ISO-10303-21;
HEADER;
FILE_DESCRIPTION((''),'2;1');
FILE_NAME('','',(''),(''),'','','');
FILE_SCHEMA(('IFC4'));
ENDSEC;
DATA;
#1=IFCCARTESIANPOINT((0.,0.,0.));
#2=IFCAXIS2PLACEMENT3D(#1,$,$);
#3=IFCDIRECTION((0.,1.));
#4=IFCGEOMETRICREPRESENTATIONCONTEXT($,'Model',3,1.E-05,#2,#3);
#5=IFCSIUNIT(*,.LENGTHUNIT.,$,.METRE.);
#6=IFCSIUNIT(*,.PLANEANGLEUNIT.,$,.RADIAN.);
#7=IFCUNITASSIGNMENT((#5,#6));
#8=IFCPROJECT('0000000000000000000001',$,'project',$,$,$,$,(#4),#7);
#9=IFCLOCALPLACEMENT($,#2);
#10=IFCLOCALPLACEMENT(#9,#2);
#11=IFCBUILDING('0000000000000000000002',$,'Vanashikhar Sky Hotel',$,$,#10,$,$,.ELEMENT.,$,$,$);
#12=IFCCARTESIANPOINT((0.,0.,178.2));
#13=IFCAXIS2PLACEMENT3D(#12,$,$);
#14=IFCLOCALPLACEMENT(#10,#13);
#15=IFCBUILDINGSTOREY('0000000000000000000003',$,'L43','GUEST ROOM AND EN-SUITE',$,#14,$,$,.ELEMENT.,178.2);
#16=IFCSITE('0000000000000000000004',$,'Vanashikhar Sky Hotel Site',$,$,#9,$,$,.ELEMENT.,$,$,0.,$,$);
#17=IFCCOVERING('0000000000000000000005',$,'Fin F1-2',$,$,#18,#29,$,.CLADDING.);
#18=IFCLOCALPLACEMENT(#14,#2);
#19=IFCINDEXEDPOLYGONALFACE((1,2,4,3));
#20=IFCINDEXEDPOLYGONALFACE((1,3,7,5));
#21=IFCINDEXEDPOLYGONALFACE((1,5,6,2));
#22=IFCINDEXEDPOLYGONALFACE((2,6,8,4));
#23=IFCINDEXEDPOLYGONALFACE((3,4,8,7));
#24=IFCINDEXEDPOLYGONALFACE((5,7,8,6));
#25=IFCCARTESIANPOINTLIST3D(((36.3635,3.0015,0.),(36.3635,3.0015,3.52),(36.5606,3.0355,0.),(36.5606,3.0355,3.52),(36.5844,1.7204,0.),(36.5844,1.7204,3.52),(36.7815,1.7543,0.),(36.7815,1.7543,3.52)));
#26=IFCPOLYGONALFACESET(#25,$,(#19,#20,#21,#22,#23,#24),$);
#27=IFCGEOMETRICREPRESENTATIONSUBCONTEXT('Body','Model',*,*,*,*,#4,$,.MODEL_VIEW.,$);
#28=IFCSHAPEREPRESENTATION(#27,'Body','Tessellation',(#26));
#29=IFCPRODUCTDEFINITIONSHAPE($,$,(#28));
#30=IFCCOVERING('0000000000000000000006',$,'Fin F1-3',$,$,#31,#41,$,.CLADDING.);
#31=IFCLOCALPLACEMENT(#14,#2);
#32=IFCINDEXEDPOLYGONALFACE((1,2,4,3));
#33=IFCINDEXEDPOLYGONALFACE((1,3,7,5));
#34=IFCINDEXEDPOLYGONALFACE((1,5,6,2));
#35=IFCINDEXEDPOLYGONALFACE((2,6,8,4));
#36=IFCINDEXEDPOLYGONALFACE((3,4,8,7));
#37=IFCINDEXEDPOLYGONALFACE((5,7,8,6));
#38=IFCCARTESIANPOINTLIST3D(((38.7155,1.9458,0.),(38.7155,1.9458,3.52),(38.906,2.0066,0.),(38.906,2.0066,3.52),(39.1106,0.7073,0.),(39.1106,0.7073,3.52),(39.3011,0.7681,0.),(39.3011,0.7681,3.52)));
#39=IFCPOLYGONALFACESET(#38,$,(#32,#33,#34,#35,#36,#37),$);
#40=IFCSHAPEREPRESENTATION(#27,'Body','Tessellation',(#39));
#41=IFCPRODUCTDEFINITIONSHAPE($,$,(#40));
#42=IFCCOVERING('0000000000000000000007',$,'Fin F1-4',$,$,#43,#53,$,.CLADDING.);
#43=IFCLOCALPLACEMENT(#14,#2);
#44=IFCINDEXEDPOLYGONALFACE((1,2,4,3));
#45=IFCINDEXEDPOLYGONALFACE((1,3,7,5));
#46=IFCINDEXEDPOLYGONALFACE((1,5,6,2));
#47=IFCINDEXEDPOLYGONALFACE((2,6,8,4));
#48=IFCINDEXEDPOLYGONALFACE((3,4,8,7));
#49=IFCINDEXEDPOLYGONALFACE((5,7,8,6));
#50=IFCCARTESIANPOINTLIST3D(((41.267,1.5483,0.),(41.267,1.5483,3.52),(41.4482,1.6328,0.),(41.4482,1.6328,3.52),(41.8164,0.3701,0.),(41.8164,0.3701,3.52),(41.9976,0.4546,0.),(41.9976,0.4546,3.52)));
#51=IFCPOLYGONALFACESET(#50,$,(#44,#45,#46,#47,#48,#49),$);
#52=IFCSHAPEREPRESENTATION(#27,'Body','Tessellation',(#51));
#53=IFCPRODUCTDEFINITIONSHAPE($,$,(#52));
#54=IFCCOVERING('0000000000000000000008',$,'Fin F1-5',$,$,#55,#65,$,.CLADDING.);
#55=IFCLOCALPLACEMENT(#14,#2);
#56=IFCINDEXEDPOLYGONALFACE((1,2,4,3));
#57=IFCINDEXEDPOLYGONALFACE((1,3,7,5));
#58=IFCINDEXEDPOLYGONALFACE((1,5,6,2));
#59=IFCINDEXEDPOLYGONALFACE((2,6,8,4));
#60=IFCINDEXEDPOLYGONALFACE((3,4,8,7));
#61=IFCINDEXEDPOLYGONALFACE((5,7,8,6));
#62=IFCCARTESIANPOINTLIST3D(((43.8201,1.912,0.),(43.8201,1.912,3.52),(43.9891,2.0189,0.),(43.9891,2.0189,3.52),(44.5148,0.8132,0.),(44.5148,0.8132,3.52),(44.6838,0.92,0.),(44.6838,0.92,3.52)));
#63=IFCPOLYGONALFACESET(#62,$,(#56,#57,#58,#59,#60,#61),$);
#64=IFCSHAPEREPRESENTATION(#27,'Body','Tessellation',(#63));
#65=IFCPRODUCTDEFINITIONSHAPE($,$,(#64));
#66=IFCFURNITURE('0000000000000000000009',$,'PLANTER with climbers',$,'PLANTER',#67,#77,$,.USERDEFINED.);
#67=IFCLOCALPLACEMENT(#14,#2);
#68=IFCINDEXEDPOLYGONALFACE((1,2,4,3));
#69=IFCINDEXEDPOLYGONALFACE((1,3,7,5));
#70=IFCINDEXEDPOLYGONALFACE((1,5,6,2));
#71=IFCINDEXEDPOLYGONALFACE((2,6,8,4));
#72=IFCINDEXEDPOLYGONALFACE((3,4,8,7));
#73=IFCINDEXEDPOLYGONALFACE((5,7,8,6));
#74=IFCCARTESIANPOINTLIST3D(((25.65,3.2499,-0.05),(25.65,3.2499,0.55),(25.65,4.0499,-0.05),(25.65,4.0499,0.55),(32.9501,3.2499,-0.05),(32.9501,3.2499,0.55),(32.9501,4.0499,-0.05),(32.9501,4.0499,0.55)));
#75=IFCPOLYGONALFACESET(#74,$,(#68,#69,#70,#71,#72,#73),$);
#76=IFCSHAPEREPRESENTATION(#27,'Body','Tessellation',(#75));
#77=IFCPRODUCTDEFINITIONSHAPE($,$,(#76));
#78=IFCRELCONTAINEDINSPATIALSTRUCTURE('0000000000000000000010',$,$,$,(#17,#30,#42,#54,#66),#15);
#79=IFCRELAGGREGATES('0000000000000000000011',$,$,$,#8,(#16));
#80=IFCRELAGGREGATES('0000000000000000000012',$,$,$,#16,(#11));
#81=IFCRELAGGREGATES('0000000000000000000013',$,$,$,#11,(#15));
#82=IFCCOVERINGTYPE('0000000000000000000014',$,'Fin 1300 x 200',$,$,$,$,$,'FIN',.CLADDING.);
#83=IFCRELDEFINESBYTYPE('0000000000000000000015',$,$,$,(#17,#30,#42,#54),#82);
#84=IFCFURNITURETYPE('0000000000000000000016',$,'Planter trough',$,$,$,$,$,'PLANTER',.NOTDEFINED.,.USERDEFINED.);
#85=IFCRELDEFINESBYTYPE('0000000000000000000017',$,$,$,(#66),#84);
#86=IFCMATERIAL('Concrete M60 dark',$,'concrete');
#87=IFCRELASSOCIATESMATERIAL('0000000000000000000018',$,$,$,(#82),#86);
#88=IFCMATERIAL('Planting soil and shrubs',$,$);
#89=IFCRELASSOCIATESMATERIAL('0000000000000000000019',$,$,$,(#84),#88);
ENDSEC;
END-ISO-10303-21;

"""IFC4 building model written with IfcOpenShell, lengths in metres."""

from ifc_helpers import new_model, si_unit, direction, frame, origin, origin_2d, place, context, subcontext, project, spatial, rectangle, extrude, source, transform, mapped, material, material_profile, profile_set, type_object, element, save


model = new_model("IFC4")

# Units and contexts
model_context = context("Model", 3, precision=1e-05, world=origin(), true_north=direction((0.0, 1.0)))
body_context = subcontext(model_context, "Body", "Model", "MODEL_VIEW")
ifc_project = project(units=[si_unit("LENGTHUNIT", "METRE"), si_unit("PLANEANGLEUNIT", "RADIAN")], contexts=[model_context])

# Site, building, storey
site_placement = place(None, origin())
site = spatial("IfcSite", under=ifc_project, at=site_placement, Name="Vanashikhar Sky Hotel Site", CompositionType="ELEMENT", RefElevation=0.0)
building_placement = place(site_placement, origin())
building = spatial("IfcBuilding", under=site, at=building_placement, Name="Vanashikhar Sky Hotel", CompositionType="ELEMENT")
storey_placement = place(building_placement, frame((0.0, 0.0, 178.2)))
storey = spatial("IfcBuildingStorey", under=building, at=storey_placement, Name="L43", Description="GUEST ROOM AND EN-SUITE", CompositionType="ELEMENT", Elevation=178.2)

# Coverings
ifc_material_1 = material(Name="Concrete M60 dark", Category="concrete")
ifc_material_profile = material_profile(ifc_material_1, rectangle(XDim=1.3, YDim=0.2, at=origin_2d()))
ifc_profile_set = profile_set([ifc_material_profile], Name="Fin 1300 x 200")
covering_type_1 = type_object("IfcCoveringType", Name="Fin 1300 x 200", ElementType="FIN", PredefinedType="CLADDING", material=ifc_profile_set)
shared_shape_1 = source(origin(), body_context, "Body", "SweptSolid", [
    extrude(rectangle(XDim=1.3, YDim=0.2, at=origin_2d()), origin(), (0.0, 0.0, 1.0), 3.52),
])
for number, where, z_axis, x_axis, name in (
    (1, (36.5725, 2.3779, 0.0), (0.0, 0.0, 1.0), (0.1699, -0.985461, 0.0), "Fin F1-2"),
    (2, (39.0083, 1.3569, 0.0), (0.0, 0.0, 1.0), (0.303967, -0.952683, 0.0), "Fin F1-3"),
    (3, (41.6323, 1.0015, 0.0), (0.0, 0.0, 1.0), (0.422618, -0.906308, 0.0), "Fin F1-4"),
    (4, (44.252, 1.416, 0.0), (0.0, 0.0, 1.0), (0.534411, -0.845225, 0.0), "Fin F1-5"),
):
    element("IfcCovering", number, at=place(storey_placement, frame(where, z_axis=z_axis, x_axis=x_axis)), inside=storey, type_object=covering_type_1, Name=name, PredefinedType="CLADDING", context=body_context, shape_type="MappedRepresentation", body=[
        mapped(shared_shape_1, transform((0.0, 0.0, 0.0), scale=1.0)),
    ])

# Furniture
ifc_material_2 = material(Name="Planting soil and shrubs")
furniture_type = type_object("IfcFurnitureType", Name="Planter trough", ElementType="PLANTER", AssemblyPlace="NOTDEFINED", PredefinedType="USERDEFINED", material=ifc_material_2)
shared_shape_2 = source(origin(), body_context, "Body", "SweptSolid", [
    extrude(rectangle(XDim=7.3, YDim=0.8, at=origin_2d()), origin(), (0.0, 0.0, 1.0), 0.6001),
])
furniture_placement = place(storey_placement, frame((29.3, 3.6499, -0.05), z_axis=(0.0, 0.0, 1.0), x_axis=(1.0, 0.0, 0.0)))
element("IfcFurniture", 5, at=furniture_placement, inside=storey, type_object=furniture_type, Name="PLANTER with climbers", ObjectType="PLANTER", PredefinedType="USERDEFINED", context=body_context, shape_type="MappedRepresentation", body=[
    mapped(shared_shape_2, transform((0.0, 0.0, 0.0), scale=1.0)),
])

save(model, "model.ifc")
